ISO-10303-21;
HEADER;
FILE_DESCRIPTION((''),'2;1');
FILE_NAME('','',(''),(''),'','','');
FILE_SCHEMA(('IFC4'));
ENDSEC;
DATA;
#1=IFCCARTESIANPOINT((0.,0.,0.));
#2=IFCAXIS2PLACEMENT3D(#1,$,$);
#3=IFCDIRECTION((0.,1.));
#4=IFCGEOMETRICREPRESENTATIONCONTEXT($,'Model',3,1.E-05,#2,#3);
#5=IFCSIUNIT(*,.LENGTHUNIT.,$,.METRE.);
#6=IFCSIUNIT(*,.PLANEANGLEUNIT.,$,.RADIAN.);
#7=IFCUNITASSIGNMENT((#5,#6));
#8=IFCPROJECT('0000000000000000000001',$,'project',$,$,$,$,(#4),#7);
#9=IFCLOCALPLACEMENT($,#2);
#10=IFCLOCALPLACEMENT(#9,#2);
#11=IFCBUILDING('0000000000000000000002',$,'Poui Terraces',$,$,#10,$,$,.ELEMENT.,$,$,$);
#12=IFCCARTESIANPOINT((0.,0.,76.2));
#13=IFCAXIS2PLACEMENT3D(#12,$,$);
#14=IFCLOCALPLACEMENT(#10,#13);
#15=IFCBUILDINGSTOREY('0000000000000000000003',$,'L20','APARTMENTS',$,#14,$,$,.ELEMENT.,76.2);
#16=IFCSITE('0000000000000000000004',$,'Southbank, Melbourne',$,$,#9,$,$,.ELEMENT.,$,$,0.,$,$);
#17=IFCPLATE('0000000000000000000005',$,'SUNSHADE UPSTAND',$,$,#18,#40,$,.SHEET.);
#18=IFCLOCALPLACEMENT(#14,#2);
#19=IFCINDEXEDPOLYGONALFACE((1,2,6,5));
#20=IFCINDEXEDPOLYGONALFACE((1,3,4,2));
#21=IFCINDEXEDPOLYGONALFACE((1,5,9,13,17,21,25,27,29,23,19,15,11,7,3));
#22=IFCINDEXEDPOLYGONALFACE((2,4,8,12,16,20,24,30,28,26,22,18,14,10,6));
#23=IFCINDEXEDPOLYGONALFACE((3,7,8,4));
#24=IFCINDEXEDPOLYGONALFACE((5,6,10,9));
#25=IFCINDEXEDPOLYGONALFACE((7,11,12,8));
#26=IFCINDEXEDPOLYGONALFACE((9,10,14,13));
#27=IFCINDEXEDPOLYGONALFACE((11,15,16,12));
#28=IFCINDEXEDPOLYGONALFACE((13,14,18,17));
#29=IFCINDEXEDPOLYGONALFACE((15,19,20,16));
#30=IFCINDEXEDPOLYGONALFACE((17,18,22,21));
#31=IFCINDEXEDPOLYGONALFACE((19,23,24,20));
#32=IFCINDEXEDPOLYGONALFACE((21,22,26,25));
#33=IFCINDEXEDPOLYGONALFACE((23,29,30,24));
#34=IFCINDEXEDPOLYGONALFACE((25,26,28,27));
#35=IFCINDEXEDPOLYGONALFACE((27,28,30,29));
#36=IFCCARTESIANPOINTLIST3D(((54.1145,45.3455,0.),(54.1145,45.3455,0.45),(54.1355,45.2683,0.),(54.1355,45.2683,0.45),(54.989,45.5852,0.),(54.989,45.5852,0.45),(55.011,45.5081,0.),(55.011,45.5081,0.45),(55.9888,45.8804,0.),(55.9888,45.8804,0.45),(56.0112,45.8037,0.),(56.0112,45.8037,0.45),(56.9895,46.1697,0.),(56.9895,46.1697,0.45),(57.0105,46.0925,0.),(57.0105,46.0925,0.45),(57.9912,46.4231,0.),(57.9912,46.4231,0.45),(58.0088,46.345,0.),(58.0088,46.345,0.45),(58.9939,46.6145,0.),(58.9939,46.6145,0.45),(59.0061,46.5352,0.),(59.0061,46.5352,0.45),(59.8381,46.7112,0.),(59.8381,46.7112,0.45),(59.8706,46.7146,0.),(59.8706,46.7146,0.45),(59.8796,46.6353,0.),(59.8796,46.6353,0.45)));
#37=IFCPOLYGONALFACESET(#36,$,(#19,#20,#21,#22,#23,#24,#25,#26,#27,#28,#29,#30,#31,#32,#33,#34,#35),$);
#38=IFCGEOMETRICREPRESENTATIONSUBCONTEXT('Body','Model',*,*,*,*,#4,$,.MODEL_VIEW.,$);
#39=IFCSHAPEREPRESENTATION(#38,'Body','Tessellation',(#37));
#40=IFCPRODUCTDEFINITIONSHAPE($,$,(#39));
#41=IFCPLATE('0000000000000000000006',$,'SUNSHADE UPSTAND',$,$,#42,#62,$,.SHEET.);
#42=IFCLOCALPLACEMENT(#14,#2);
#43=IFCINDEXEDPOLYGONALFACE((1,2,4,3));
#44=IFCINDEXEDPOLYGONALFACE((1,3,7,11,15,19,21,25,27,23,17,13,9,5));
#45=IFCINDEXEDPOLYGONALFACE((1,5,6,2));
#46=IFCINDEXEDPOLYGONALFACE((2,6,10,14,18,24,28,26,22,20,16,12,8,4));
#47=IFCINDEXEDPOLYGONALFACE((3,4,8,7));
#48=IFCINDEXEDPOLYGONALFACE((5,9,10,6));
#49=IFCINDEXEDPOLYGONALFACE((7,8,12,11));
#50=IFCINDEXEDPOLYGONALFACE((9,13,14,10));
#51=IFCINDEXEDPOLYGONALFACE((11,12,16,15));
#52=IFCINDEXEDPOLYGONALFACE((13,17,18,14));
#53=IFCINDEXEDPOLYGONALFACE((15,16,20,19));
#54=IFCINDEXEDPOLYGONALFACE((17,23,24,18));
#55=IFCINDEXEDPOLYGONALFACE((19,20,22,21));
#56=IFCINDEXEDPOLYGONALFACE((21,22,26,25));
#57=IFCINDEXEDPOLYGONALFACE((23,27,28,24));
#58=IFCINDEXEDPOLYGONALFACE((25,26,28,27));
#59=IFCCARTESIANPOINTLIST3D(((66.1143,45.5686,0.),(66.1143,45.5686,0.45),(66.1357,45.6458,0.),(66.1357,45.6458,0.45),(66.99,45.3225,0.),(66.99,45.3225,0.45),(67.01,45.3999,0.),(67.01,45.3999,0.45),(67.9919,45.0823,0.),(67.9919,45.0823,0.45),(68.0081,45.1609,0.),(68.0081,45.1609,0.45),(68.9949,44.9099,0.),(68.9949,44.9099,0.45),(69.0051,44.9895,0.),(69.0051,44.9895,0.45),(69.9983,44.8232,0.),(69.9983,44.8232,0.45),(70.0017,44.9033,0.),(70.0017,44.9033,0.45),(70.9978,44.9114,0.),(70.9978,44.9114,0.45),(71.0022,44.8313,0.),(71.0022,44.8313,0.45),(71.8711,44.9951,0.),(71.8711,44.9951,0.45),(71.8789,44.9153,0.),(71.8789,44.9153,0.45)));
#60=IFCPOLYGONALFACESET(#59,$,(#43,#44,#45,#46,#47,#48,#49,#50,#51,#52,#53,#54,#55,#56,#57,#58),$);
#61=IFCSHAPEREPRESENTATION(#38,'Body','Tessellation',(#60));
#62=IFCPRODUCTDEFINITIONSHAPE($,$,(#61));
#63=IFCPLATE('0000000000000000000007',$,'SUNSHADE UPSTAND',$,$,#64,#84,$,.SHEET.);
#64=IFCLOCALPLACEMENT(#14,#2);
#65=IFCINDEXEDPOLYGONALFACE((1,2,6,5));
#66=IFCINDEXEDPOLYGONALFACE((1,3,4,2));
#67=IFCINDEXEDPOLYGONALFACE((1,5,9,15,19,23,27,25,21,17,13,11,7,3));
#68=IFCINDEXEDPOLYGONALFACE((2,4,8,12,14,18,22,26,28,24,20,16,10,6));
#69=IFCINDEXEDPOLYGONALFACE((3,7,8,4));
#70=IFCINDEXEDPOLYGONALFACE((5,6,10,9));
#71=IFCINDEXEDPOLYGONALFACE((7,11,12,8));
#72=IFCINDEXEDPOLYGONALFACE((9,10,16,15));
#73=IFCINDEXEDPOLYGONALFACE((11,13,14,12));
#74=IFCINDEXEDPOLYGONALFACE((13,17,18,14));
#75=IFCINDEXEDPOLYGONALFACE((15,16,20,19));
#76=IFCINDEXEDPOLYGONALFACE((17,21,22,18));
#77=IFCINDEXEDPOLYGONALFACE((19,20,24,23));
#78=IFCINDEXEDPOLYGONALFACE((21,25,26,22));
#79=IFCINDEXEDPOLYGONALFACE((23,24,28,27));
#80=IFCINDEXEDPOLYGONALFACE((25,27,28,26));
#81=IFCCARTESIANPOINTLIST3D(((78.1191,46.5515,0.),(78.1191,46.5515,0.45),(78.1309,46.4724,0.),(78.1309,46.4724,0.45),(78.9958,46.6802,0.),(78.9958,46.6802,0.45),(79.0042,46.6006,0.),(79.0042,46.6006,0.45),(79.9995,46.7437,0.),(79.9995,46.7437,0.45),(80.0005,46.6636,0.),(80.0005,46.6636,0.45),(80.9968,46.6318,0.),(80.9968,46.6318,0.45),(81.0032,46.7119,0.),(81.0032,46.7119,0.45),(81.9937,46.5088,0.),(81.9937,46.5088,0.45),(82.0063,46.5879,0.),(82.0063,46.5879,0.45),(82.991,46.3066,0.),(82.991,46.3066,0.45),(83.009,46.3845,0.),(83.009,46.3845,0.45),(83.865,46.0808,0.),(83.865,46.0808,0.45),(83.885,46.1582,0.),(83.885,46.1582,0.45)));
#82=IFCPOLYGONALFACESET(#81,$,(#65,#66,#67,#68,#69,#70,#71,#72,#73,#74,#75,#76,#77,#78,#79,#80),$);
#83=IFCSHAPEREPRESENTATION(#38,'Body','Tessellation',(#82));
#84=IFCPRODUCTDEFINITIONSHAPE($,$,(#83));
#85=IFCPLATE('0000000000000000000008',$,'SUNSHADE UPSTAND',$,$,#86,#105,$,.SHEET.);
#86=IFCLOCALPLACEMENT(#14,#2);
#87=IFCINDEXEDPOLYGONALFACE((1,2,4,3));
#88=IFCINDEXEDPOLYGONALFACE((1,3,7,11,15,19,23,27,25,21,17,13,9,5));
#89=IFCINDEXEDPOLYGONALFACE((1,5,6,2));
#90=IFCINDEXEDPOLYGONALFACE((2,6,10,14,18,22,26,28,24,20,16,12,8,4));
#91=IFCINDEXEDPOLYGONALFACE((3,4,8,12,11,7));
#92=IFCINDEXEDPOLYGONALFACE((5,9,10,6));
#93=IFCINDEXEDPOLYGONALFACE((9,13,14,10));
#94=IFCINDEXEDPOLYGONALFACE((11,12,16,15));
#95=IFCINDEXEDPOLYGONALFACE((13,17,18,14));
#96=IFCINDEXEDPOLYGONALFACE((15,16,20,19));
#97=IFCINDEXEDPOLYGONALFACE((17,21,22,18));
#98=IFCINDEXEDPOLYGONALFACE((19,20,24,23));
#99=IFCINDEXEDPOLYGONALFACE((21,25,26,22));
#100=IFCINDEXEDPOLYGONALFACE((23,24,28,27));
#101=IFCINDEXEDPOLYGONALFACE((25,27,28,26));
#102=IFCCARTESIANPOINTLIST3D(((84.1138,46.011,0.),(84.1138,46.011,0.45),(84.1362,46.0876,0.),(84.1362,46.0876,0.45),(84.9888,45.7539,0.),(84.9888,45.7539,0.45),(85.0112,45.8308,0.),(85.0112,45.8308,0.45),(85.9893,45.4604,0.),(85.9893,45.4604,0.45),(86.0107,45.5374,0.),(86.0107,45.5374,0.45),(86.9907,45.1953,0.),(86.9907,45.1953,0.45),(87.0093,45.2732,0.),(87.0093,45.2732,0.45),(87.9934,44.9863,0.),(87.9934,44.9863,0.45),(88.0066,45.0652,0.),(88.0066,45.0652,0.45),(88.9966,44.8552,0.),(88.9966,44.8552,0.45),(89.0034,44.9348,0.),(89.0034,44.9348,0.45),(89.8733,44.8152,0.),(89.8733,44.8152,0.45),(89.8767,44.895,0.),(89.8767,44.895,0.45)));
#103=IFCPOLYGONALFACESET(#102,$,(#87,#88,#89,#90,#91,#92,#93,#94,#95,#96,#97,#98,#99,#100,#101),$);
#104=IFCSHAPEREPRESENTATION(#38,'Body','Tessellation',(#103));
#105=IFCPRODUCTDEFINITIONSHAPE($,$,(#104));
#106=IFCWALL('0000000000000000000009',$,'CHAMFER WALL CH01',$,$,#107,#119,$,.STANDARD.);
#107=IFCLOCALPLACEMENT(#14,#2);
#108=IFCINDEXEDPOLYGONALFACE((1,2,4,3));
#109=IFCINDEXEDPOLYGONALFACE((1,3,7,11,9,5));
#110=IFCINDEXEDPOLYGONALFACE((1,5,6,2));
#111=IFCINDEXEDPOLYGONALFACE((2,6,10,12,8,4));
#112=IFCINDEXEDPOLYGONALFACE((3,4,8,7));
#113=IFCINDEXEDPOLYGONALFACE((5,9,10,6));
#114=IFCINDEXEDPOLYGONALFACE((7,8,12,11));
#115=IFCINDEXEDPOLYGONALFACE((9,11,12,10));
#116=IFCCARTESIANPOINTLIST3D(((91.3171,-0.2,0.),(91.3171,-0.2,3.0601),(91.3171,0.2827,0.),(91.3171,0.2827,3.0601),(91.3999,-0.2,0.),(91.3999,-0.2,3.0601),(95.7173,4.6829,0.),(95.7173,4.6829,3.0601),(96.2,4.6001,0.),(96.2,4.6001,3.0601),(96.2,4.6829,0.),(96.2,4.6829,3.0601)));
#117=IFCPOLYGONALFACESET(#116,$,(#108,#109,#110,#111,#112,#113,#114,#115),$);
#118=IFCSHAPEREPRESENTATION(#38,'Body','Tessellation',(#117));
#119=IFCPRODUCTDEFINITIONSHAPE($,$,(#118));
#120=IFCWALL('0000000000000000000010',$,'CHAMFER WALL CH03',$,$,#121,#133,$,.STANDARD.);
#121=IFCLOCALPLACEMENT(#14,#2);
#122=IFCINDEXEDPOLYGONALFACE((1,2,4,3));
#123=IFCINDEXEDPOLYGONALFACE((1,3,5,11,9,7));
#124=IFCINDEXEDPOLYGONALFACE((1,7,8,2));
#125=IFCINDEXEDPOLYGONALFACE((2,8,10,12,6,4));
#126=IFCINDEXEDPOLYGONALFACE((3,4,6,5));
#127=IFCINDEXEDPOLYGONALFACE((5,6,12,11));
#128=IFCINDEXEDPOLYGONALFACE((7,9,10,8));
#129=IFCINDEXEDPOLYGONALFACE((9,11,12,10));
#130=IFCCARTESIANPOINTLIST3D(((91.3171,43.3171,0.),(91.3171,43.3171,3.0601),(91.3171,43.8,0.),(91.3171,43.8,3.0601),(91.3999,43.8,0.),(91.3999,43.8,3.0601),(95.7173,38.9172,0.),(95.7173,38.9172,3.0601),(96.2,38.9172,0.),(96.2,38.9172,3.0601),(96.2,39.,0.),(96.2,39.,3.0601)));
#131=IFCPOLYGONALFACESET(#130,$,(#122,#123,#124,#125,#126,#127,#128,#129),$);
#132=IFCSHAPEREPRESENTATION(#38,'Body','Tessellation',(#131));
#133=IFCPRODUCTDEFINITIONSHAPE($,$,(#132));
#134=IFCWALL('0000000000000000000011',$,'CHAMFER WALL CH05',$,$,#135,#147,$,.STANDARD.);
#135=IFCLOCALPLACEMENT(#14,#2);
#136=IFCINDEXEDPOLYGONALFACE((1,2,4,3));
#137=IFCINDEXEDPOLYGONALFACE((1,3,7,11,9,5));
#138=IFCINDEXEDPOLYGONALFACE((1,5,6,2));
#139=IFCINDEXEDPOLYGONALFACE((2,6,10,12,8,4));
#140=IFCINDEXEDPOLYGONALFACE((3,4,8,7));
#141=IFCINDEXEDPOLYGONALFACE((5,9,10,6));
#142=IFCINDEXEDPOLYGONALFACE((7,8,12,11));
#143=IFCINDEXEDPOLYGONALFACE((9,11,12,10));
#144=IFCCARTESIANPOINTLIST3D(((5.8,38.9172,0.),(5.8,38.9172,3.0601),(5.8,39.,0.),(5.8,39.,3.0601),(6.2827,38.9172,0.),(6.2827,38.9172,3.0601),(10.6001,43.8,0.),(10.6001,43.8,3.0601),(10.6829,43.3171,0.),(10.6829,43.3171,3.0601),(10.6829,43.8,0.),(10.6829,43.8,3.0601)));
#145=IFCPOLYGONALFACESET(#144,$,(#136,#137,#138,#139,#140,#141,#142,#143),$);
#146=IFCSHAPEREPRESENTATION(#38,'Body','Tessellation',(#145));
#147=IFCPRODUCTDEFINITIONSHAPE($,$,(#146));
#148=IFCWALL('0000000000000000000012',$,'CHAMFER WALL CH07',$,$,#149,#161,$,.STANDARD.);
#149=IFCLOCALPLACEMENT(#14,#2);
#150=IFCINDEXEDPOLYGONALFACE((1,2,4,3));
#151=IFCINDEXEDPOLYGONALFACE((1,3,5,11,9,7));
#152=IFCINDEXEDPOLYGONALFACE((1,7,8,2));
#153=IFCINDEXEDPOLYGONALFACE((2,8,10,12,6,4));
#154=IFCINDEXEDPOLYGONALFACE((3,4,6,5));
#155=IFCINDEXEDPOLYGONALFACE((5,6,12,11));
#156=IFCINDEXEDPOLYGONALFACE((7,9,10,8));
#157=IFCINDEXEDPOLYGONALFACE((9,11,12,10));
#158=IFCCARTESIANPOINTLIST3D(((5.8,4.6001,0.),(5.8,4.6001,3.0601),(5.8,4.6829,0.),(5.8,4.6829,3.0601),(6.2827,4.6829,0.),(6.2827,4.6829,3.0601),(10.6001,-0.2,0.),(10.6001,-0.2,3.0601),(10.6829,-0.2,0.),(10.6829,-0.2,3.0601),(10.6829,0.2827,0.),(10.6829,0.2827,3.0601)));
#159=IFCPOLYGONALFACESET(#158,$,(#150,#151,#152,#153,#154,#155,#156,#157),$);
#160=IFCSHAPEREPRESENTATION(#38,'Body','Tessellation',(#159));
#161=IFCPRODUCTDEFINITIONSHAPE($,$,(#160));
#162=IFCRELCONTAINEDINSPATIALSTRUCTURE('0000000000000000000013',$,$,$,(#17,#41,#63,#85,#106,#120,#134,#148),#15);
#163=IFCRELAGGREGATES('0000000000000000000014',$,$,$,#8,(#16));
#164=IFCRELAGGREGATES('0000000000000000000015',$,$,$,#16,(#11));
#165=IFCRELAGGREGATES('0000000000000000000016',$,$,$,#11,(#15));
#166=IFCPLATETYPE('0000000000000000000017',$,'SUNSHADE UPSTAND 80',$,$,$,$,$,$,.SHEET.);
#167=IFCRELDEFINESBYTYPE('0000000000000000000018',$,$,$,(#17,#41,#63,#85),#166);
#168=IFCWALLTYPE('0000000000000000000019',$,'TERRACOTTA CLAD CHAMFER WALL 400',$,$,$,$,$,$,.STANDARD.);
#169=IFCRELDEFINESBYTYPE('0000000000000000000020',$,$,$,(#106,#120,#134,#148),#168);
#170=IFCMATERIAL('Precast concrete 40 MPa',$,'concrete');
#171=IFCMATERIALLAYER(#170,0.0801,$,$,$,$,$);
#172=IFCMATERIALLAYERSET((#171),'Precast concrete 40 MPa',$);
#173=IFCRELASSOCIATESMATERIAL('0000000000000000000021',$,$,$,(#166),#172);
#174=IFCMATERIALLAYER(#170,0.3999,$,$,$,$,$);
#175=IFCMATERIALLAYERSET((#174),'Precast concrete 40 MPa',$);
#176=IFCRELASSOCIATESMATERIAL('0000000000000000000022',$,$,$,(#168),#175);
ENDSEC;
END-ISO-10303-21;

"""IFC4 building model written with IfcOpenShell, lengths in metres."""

from ifc_helpers import new_model, si_unit, direction, frame, origin, place, context, subcontext, project, spatial, polyline, outline, extrude, material, layer, layer_set, type_object, element, save


model = new_model("IFC4")

# Units and contexts
model_context = context("Model", 3, precision=1e-05, world=origin(), true_north=direction((0.0, 1.0)))
body_context = subcontext(model_context, "Body", "Model", "MODEL_VIEW")
ifc_project = project(units=[si_unit("LENGTHUNIT", "METRE"), si_unit("PLANEANGLEUNIT", "RADIAN")], contexts=[model_context])

# Site, building, storey
site_placement = place(None, origin())
site = spatial("IfcSite", under=ifc_project, at=site_placement, Name="Southbank, Melbourne", CompositionType="ELEMENT", RefElevation=0.0)
building_placement = place(site_placement, origin())
building = spatial("IfcBuilding", under=site, at=building_placement, Name="Poui Terraces", CompositionType="ELEMENT")
storey_placement = place(building_placement, frame((0.0, 0.0, 76.2)))
storey = spatial("IfcBuildingStorey", under=building, at=storey_placement, Name="L20", Description="APARTMENTS", CompositionType="ELEMENT", Elevation=76.2)

# Shared definitions
ifc_material_1 = material(Name="Precast concrete 40 MPa", Category="concrete")

# Plates
ifc_layer_1 = layer(ifc_material_1, 0.0801)
ifc_layer_set_1 = layer_set([ifc_layer_1], Name="Precast concrete 40 MPa")
plate_type = type_object("IfcPlateType", Name="SUNSHADE UPSTAND 80", PredefinedType="SHEET", material=ifc_layer_set_1)
plate_1_placement = place(storey_placement, origin())
element("IfcPlate", 1, at=plate_1_placement, inside=storey, type_object=plate_type, Name="SUNSHADE UPSTAND", PredefinedType="SHEET", context=body_context, shape_type="SweptSolid", body=[
    extrude(outline(polyline([(54.989, 45.5852), (54.1145, 45.3455), (54.1355, 45.2683), (55.011, 45.5081), (56.0112, 45.8037), (57.0105, 46.0925), (58.0088, 46.345), (59.0061, 46.5352), (59.8796, 46.6353), (59.8706, 46.7146), (59.8381, 46.7112), (58.9939, 46.6145), (57.9912, 46.4231), (56.9895, 46.1697), (55.9888, 45.8804), (54.989, 45.5852)])), origin(), (0.0, 0.0, 1.0), 0.45),
])
plate_2_placement = place(storey_placement, origin())
element("IfcPlate", 2, at=plate_2_placement, inside=storey, type_object=plate_type, Name="SUNSHADE UPSTAND", PredefinedType="SHEET", context=body_context, shape_type="SweptSolid", body=[
    extrude(outline(polyline([(67.01, 45.3999), (66.1357, 45.6458), (66.1143, 45.5686), (66.99, 45.3225), (67.9919, 45.0823), (68.9949, 44.9099), (69.9983, 44.8232), (71.0022, 44.8313), (71.8789, 44.9153), (71.8711, 44.9951), (70.9978, 44.9114), (70.0017, 44.9033), (69.0051, 44.9895), (68.0081, 45.1609), (67.01, 45.3999)])), origin(), (0.0, 0.0, 1.0), 0.45),
])
plate_3_placement = place(storey_placement, origin())
element("IfcPlate", 3, at=plate_3_placement, inside=storey, type_object=plate_type, Name="SUNSHADE UPSTAND", PredefinedType="SHEET", context=body_context, shape_type="SweptSolid", body=[
    extrude(outline(polyline([(78.9958, 46.6802), (78.1191, 46.5515), (78.1309, 46.4724), (79.0042, 46.6006), (80.0005, 46.6636), (80.9968, 46.6318), (81.9937, 46.5088), (82.991, 46.3066), (83.865, 46.0808), (83.885, 46.1582), (83.009, 46.3845), (82.0063, 46.5879), (81.0032, 46.7119), (79.9995, 46.7437), (78.9958, 46.6802)])), origin(), (0.0, 0.0, 1.0), 0.45),
])
plate_4_placement = place(storey_placement, origin())
element("IfcPlate", 4, at=plate_4_placement, inside=storey, type_object=plate_type, Name="SUNSHADE UPSTAND", PredefinedType="SHEET", context=body_context, shape_type="SweptSolid", body=[
    extrude(outline(polyline([(85.0112, 45.8308), (84.1362, 46.0876), (84.1138, 46.011), (84.9888, 45.7539), (85.9893, 45.4604), (86.9907, 45.1953), (87.9934, 44.9863), (88.9966, 44.8552), (89.8733, 44.8152), (89.8767, 44.895), (89.0034, 44.9348), (88.0066, 45.0652), (87.0093, 45.2732), (86.0107, 45.5374), (85.0112, 45.8308)])), origin(), (0.0, 0.0, 1.0), 0.45),
])

# Walls
ifc_layer_2 = layer(ifc_material_1, 0.3999)
ifc_layer_set_2 = layer_set([ifc_layer_2], Name="Precast concrete 40 MPa")
wall_type = type_object("IfcWallType", Name="TERRACOTTA CLAD CHAMFER WALL 400", PredefinedType="STANDARD", material=ifc_layer_set_2)
wall_1_placement = place(storey_placement, origin())
element("IfcWall", 5, at=wall_1_placement, inside=storey, type_object=wall_type, Name="CHAMFER WALL CH01", PredefinedType="STANDARD", context=body_context, shape_type="SweptSolid", body=[
    extrude(outline(polyline([(91.3171, -0.2), (91.3999, -0.2), (96.2, 4.6001), (96.2, 4.6829), (95.7173, 4.6829), (91.3171, 0.2827), (91.3171, -0.2)])), origin(), (0.0, 0.0, 1.0), 3.0601),
])
wall_2_placement = place(storey_placement, origin())
element("IfcWall", 6, at=wall_2_placement, inside=storey, type_object=wall_type, Name="CHAMFER WALL CH03", PredefinedType="STANDARD", context=body_context, shape_type="SweptSolid", body=[
    extrude(outline(polyline([(96.2, 38.9172), (96.2, 39.0), (91.3999, 43.8), (91.3171, 43.8), (91.3171, 43.3171), (95.7173, 38.9172), (96.2, 38.9172)])), origin(), (0.0, 0.0, 1.0), 3.0601),
])
wall_3_placement = place(storey_placement, origin())
element("IfcWall", 7, at=wall_3_placement, inside=storey, type_object=wall_type, Name="CHAMFER WALL CH05", PredefinedType="STANDARD", context=body_context, shape_type="SweptSolid", body=[
    extrude(outline(polyline([(10.6829, 43.8), (10.6001, 43.8), (5.8, 39.0), (5.8, 38.9172), (6.2827, 38.9172), (10.6829, 43.3171), (10.6829, 43.8)])), origin(), (0.0, 0.0, 1.0), 3.0601),
])
wall_4_placement = place(storey_placement, origin())
element("IfcWall", 8, at=wall_4_placement, inside=storey, type_object=wall_type, Name="CHAMFER WALL CH07", PredefinedType="STANDARD", context=body_context, shape_type="SweptSolid", body=[
    extrude(outline(polyline([(5.8, 4.6829), (5.8, 4.6001), (10.6001, -0.2), (10.6829, -0.2), (10.6829, 0.2827), (6.2827, 4.6829), (5.8, 4.6829)])), origin(), (0.0, 0.0, 1.0), 3.0601),
])

save(model, "model.ifc")
